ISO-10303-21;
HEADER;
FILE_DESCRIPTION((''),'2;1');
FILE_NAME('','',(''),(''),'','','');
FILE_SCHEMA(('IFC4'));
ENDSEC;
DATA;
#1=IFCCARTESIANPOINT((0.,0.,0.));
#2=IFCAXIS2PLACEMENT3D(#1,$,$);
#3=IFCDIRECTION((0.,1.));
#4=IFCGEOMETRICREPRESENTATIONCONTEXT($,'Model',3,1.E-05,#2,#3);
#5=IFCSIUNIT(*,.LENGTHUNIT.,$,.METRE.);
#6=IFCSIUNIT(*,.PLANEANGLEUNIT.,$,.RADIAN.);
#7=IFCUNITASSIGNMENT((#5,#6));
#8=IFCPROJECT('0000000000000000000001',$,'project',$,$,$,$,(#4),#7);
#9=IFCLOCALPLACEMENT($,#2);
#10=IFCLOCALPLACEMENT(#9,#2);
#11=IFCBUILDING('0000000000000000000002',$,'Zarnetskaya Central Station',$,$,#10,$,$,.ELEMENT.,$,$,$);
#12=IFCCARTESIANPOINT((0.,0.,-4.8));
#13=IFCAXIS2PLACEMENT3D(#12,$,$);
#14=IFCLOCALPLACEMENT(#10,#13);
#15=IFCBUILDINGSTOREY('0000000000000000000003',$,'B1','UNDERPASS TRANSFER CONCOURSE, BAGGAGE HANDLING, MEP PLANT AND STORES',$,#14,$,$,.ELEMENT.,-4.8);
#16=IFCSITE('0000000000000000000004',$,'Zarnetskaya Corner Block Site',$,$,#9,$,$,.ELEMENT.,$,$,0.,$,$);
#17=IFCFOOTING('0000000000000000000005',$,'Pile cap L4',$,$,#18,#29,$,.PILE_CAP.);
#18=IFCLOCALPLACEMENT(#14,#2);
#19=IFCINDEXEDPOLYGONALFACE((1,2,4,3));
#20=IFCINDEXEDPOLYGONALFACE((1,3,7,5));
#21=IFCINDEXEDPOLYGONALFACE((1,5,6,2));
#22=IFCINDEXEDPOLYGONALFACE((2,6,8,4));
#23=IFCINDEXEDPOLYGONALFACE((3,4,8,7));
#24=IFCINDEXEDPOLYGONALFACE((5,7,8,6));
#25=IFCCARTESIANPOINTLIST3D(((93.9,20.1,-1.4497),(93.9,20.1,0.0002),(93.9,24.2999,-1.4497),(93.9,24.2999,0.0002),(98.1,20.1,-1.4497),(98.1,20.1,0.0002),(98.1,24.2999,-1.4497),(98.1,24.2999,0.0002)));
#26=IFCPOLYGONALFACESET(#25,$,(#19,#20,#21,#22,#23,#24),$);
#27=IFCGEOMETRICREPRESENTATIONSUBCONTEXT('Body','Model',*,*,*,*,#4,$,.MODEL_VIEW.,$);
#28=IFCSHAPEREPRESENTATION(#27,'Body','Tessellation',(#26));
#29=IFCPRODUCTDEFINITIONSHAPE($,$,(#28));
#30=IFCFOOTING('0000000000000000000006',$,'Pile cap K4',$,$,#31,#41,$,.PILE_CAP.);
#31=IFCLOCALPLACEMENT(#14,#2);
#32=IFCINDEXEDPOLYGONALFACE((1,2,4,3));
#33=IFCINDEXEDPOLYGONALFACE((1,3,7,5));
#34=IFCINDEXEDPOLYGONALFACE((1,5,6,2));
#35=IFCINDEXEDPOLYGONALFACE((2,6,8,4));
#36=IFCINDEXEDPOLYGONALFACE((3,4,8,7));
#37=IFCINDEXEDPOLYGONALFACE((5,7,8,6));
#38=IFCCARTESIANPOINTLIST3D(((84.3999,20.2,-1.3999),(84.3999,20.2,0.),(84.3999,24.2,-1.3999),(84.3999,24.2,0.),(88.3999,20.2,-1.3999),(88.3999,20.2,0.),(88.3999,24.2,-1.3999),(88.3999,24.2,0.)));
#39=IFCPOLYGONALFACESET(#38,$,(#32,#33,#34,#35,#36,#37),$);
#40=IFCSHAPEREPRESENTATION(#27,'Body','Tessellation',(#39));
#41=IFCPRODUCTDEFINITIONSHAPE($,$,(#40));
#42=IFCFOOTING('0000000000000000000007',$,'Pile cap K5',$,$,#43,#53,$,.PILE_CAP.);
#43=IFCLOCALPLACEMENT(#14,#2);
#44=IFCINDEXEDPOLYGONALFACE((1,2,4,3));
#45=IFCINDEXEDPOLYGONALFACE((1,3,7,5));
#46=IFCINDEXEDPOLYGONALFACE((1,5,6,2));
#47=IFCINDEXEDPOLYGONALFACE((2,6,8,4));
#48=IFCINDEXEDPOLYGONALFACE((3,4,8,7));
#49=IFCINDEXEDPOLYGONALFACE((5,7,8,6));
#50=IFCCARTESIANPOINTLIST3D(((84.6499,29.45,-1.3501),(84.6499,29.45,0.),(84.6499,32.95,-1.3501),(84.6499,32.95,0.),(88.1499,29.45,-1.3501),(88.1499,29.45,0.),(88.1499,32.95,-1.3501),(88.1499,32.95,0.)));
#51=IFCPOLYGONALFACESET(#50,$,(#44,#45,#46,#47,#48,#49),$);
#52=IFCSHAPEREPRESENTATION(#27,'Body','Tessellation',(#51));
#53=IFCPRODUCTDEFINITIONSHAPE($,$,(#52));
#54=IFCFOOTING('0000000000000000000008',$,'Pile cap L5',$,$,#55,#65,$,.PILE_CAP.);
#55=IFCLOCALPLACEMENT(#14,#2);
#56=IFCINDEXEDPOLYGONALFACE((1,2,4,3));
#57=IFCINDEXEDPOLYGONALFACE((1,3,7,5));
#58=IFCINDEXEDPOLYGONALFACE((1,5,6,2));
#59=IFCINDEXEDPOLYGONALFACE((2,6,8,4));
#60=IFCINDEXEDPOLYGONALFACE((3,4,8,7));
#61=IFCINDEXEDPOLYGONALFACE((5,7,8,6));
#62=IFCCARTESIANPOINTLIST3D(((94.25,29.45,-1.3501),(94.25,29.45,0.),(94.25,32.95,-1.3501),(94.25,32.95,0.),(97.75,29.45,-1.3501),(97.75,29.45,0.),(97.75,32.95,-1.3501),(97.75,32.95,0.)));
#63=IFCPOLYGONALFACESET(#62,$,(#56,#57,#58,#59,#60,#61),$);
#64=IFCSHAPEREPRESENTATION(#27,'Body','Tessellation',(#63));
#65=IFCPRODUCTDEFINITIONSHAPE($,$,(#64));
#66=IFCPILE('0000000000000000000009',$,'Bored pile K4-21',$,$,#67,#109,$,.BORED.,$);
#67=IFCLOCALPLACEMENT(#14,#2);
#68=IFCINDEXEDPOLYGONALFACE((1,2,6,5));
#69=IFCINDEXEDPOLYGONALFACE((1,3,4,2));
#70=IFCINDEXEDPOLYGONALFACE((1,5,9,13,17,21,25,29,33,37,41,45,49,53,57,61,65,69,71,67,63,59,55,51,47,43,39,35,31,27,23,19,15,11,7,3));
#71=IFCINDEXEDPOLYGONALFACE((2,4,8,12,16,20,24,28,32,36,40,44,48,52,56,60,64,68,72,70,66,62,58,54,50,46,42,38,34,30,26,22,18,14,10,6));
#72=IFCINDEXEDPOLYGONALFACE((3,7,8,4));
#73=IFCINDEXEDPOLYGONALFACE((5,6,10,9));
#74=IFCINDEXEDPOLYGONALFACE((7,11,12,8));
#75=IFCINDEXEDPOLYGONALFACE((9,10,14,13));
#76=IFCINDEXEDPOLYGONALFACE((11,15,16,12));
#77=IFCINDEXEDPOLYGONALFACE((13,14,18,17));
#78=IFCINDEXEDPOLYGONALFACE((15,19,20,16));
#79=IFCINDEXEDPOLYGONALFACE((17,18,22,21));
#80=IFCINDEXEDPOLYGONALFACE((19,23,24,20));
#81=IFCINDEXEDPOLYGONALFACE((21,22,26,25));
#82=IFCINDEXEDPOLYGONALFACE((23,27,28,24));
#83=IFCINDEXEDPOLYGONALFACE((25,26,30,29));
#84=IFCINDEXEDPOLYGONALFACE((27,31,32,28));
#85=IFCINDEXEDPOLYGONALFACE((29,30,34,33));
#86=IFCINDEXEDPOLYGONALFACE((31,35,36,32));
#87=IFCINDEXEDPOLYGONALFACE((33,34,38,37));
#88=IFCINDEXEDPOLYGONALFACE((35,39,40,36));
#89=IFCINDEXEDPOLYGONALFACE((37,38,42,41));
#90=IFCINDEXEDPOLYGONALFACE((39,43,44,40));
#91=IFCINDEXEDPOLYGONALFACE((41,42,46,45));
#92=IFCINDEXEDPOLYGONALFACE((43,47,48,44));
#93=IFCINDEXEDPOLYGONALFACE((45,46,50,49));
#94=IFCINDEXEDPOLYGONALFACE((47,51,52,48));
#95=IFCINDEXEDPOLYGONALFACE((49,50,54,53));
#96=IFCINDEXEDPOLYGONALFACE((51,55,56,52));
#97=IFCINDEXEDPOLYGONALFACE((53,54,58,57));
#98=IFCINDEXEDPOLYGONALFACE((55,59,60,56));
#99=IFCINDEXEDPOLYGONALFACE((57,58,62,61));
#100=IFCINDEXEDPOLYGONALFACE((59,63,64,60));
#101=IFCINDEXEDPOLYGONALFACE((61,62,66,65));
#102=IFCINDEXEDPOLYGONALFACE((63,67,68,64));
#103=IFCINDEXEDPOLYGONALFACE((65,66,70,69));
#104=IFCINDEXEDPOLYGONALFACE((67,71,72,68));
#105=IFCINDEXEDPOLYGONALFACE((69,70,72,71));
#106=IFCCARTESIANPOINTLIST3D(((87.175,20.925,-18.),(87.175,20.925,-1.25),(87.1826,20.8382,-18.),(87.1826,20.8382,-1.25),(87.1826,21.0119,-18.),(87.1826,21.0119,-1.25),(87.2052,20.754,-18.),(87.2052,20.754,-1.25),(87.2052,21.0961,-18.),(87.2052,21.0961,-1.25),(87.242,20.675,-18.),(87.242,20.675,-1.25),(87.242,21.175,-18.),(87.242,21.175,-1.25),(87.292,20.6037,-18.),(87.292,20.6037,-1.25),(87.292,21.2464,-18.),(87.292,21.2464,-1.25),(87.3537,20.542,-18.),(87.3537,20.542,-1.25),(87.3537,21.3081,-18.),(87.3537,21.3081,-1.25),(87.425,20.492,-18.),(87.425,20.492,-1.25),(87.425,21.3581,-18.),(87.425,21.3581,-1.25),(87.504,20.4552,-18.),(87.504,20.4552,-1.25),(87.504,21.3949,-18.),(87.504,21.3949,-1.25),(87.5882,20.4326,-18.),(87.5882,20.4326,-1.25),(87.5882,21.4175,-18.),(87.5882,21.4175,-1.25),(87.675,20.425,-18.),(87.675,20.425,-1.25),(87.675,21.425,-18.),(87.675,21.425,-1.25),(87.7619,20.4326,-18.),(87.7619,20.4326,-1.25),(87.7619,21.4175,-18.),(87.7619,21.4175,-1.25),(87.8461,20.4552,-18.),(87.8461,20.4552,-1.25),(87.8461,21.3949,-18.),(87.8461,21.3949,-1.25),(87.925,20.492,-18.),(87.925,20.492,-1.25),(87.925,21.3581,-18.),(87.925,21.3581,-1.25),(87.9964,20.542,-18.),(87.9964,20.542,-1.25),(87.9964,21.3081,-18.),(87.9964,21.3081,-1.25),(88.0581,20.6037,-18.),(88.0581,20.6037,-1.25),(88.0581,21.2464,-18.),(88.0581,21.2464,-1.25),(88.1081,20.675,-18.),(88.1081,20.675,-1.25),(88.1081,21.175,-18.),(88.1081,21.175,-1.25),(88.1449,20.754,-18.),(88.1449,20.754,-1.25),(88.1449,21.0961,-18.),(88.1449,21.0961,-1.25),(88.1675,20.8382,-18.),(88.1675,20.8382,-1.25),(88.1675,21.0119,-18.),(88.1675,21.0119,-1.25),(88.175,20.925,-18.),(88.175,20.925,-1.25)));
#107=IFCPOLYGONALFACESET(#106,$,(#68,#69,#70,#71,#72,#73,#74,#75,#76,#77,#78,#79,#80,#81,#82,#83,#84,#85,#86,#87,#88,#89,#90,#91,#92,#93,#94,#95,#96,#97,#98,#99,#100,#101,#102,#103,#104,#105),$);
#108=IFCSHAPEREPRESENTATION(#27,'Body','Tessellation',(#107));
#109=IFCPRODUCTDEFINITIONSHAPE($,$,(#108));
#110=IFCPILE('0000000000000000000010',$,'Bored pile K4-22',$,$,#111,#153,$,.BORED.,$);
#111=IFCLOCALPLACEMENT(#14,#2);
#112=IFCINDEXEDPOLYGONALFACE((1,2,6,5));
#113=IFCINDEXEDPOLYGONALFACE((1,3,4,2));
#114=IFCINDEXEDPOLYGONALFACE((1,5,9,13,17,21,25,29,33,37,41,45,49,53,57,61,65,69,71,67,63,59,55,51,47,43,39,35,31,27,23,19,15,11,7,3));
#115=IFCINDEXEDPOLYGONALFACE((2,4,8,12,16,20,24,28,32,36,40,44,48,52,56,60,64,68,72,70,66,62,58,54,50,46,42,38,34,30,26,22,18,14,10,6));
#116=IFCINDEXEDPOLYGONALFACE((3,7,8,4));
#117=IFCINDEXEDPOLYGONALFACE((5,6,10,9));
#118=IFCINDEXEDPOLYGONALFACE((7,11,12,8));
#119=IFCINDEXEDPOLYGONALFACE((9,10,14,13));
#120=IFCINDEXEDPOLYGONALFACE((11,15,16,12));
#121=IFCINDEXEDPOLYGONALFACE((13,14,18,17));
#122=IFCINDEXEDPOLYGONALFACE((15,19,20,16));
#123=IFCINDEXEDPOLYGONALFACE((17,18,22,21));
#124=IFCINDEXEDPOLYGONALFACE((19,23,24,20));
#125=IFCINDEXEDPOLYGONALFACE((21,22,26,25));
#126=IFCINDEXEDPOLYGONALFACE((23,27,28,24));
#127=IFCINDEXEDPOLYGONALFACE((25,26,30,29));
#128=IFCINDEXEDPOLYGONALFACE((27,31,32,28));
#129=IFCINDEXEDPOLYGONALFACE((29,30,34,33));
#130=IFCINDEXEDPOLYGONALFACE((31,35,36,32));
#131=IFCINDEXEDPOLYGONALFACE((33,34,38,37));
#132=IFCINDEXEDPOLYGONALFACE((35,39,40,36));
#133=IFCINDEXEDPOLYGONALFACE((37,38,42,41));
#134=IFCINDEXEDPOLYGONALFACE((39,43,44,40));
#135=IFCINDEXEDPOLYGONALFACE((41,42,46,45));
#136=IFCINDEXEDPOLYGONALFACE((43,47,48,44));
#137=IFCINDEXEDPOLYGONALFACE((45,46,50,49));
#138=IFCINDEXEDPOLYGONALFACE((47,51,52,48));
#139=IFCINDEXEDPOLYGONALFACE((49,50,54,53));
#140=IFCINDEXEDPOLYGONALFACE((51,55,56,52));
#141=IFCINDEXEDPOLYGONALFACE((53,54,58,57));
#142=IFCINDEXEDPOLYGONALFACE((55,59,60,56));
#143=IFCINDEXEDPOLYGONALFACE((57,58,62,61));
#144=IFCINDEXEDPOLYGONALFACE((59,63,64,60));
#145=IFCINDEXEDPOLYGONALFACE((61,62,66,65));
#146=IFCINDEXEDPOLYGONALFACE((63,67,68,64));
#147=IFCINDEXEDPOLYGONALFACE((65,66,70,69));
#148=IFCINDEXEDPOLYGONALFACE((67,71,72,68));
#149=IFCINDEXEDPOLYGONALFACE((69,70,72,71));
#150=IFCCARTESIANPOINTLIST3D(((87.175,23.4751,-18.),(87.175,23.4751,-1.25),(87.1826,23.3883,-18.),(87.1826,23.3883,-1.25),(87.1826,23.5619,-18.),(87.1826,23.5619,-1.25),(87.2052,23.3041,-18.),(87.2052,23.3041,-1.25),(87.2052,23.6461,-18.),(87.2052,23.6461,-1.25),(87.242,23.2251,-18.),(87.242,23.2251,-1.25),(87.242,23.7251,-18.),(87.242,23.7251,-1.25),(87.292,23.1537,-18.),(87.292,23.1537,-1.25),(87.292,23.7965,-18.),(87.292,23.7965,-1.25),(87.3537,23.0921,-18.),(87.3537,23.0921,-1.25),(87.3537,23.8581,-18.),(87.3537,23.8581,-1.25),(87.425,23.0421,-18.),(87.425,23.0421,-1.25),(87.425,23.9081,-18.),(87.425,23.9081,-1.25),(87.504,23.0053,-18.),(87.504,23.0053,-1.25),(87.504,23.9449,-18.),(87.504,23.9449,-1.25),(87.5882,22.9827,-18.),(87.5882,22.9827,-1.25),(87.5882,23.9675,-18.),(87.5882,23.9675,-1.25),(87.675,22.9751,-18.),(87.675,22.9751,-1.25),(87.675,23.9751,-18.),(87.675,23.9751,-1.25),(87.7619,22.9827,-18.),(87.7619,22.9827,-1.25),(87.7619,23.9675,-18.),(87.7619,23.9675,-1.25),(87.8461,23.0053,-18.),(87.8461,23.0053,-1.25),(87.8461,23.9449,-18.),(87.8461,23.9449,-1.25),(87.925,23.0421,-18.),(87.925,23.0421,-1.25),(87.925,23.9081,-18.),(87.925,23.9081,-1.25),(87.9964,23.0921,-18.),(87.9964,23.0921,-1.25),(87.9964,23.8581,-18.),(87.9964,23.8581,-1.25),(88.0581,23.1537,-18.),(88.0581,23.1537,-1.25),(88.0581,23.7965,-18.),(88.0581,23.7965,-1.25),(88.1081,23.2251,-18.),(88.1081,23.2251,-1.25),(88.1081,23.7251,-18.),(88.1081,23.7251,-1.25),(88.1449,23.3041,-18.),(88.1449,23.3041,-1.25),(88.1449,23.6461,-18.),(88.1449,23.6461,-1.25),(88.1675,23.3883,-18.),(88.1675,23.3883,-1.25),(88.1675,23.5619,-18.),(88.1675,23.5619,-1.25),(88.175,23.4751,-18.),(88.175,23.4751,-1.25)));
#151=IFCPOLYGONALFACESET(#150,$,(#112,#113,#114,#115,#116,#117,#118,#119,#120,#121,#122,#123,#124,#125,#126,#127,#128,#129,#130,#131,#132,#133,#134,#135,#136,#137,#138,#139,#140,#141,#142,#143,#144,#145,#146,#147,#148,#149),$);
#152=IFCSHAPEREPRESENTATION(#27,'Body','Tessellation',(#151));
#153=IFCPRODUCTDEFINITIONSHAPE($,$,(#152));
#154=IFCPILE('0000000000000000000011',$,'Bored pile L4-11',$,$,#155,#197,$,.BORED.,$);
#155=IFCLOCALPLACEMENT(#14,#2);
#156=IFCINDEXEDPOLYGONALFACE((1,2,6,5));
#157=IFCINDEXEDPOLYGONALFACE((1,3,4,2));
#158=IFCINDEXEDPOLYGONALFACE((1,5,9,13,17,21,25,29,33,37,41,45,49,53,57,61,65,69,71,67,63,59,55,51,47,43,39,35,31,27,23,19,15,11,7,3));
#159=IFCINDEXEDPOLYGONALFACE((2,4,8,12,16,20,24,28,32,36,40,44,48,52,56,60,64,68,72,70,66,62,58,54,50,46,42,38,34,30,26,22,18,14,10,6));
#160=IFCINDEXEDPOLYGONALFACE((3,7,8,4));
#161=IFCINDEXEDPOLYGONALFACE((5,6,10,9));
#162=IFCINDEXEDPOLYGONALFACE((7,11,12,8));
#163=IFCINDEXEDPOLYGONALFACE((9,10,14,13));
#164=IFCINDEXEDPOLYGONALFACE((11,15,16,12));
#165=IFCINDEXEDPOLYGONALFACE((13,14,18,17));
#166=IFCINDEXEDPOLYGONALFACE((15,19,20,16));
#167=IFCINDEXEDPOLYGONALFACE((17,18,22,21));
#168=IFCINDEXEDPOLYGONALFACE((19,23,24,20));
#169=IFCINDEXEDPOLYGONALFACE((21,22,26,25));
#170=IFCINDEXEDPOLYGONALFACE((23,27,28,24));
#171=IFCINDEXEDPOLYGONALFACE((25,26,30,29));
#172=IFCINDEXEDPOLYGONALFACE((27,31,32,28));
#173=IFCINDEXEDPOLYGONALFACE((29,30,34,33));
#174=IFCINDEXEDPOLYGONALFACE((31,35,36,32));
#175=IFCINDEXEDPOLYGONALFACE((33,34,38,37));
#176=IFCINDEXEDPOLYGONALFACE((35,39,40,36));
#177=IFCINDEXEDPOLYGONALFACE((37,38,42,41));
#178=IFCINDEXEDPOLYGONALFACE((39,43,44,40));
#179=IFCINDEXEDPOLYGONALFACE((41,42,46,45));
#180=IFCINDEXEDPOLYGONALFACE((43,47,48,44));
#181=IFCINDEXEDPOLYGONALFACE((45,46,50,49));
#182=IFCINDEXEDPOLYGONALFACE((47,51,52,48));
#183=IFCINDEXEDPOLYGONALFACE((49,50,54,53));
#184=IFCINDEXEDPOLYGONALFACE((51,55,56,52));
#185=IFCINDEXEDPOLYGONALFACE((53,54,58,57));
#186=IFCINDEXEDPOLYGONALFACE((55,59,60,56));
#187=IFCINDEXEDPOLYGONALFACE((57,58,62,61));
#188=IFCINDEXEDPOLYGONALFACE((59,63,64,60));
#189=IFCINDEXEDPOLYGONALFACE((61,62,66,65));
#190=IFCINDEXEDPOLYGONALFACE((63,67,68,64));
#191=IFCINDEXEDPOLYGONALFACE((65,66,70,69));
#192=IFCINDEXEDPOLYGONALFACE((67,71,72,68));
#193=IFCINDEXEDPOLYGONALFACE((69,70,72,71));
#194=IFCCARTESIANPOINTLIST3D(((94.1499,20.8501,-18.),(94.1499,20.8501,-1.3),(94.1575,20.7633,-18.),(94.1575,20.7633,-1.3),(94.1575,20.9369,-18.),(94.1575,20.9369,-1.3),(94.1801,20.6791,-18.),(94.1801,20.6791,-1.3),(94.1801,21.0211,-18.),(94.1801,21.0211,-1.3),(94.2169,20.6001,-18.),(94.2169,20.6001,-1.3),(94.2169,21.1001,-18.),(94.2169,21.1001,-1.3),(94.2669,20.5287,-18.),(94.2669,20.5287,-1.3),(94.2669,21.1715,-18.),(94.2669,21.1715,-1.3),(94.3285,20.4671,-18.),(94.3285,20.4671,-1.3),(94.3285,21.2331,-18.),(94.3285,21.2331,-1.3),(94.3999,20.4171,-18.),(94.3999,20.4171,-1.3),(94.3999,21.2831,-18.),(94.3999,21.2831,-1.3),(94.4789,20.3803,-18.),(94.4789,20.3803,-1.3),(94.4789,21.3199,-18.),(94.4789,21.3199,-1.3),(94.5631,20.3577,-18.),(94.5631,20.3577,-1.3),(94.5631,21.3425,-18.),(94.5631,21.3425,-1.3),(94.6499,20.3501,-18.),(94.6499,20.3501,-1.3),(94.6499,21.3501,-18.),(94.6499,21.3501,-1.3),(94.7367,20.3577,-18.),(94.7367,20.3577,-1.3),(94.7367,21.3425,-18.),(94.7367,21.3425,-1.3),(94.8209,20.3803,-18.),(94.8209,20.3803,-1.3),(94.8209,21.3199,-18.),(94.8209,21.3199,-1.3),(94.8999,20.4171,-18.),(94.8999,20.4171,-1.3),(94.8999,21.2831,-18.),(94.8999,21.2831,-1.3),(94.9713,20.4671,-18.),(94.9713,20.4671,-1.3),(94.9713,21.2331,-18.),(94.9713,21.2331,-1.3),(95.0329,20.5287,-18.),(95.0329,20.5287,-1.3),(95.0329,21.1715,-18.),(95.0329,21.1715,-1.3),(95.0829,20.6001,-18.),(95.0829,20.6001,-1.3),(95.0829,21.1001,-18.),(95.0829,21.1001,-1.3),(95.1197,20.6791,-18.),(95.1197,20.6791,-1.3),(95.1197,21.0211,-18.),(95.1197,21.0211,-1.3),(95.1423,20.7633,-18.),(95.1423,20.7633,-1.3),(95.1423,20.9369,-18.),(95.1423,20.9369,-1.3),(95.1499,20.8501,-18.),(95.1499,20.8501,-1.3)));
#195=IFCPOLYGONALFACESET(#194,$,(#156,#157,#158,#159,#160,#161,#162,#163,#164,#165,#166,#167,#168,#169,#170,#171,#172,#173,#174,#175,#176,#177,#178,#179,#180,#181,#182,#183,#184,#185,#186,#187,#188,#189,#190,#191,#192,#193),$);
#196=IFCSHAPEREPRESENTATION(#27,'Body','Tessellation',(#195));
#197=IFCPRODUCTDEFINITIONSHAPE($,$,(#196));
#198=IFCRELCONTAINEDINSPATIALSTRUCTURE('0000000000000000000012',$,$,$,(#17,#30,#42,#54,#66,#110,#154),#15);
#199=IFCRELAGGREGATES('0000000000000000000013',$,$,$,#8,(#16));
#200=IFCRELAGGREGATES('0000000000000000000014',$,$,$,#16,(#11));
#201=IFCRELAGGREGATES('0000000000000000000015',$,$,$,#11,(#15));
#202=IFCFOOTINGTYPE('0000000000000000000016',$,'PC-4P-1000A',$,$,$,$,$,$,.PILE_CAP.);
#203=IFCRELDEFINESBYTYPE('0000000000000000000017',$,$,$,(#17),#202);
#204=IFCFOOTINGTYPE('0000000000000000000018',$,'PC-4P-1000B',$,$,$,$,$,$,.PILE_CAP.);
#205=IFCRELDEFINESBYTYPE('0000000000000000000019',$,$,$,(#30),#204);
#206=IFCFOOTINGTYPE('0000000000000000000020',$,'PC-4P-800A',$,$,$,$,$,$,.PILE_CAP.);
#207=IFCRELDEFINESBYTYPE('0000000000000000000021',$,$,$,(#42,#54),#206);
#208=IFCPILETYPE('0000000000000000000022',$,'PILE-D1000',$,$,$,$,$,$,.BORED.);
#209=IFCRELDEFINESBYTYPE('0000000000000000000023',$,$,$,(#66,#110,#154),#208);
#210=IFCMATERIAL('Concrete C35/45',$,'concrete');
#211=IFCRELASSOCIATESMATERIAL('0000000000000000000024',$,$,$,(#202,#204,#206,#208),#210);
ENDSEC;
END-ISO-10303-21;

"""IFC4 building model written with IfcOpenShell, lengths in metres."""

from ifc_helpers import new_model, si_unit, direction, frame, origin, origin_2d, place, context, subcontext, project, spatial, rectangle, circle, extrude, material, material_profile, profile_set, type_object, element, save


model = new_model("IFC4")

# Units and contexts
model_context = context("Model", 3, precision=1e-05, world=origin(), true_north=direction((0.0, 1.0)))
body_context = subcontext(model_context, "Body", "Model", "MODEL_VIEW")
ifc_project = project(units=[si_unit("LENGTHUNIT", "METRE"), si_unit("PLANEANGLEUNIT", "RADIAN")], contexts=[model_context])

# Site, building, storey
site_placement = place(None, origin())
site = spatial("IfcSite", under=ifc_project, at=site_placement, Name="Zarnetskaya Corner Block Site", CompositionType="ELEMENT", RefElevation=0.0)
building_placement = place(site_placement, origin())
building = spatial("IfcBuilding", under=site, at=building_placement, Name="Zarnetskaya Central Station", CompositionType="ELEMENT")
storey_placement = place(building_placement, frame((0.0, 0.0, -4.8)))
storey = spatial("IfcBuildingStorey", under=building, at=storey_placement, Name="B1", Description="UNDERPASS TRANSFER CONCOURSE, BAGGAGE HANDLING, MEP PLANT AND STORES", CompositionType="ELEMENT", Elevation=-4.8)

# Footings
ifc_material = material(Name="Concrete C35/45", Category="concrete")
footing_type_1 = type_object("IfcFootingType", Name="PC-4P-1000A", PredefinedType="PILE_CAP", material=ifc_material)
footing_1_placement = place(storey_placement, frame((96.0, 22.2, -1.4497), z_axis=(0.0, 0.0, 1.0), x_axis=(1.0, 0.0, 0.0)))
element("IfcFooting", 1, at=footing_1_placement, inside=storey, type_object=footing_type_1, Name="Pile cap L4", PredefinedType="PILE_CAP", context=body_context, shape_type="SweptSolid", body=[
    extrude(rectangle(XDim=4.2, YDim=4.2, at=origin_2d()), origin(), (0.0, 0.0, 1.0), 1.45),
])
footing_type_2 = type_object("IfcFootingType", Name="PC-4P-1000B", PredefinedType="PILE_CAP", material=ifc_material)
footing_2_placement = place(storey_placement, frame((86.3999, 22.2, -1.3999), z_axis=(0.0, 0.0, 1.0), x_axis=(1.0, 0.0, 0.0)))
element("IfcFooting", 2, at=footing_2_placement, inside=storey, type_object=footing_type_2, Name="Pile cap K4", PredefinedType="PILE_CAP", context=body_context, shape_type="SweptSolid", body=[
    extrude(rectangle(XDim=4.0, YDim=4.0, at=origin_2d()), origin(), (0.0, 0.0, 1.0), 1.3999),
])
footing_type_3 = type_object("IfcFootingType", Name="PC-4P-800A", PredefinedType="PILE_CAP", material=ifc_material)
for number, where, z_axis, x_axis, name in (
    (3, (86.3999, 31.2, -1.3501), (0.0, 0.0, 1.0), (1.0, 0.0, 0.0), "Pile cap K5"),
    (4, (96.0, 31.2, -1.3501), (0.0, 0.0, 1.0), (1.0, 0.0, 0.0), "Pile cap L5"),
):
    element("IfcFooting", number, at=place(storey_placement, frame(where, z_axis=z_axis, x_axis=x_axis)), inside=storey, type_object=footing_type_3, Name=name, PredefinedType="PILE_CAP", context=body_context, shape_type="SweptSolid", body=[
        extrude(rectangle(XDim=3.5, YDim=3.5, at=origin_2d()), origin(), (0.0, 0.0, 1.0), 1.3501),
    ])

# Piles
ifc_material_profile_1 = material_profile(ifc_material, circle(Radius=0.5, at=origin_2d()), Name="BORED PILE D1000")
ifc_profile_set_1 = profile_set([ifc_material_profile_1], Name="Concrete C35/45")
pile_type_1 = type_object("IfcPileType", Name="PILE-D1000", PredefinedType="BORED", material=ifc_profile_set_1)
for number, where, z_axis, x_axis, name in (
    (5, (87.675, 20.925, -1.25), (0.0, 0.0, -1.0), (1.0, 0.0, 0.0), "Bored pile K4-21"),
    (6, (87.675, 23.4751, -1.25), (0.0, 0.0, -1.0), (1.0, 0.0, 0.0), "Bored pile K4-22"),
):
    element("IfcPile", number, at=place(storey_placement, frame(where, z_axis=z_axis, x_axis=x_axis)), inside=storey, type_object=pile_type_1, Name=name, PredefinedType="BORED", context=body_context, shape_type="SweptSolid", body=[
        extrude(circle(Radius=0.5, at=origin_2d()), origin(), (0.0, 0.0, 1.0), 16.75),
    ])
for number, where, z_axis, x_axis, name in (
    (7, (94.6499, 20.8501, -1.3), (0.0, 0.0, -1.0), (1.0, 0.0, 0.0), "Bored pile L4-11"),
):
    element("IfcPile", number, at=place(storey_placement, frame(where, z_axis=z_axis, x_axis=x_axis)), inside=storey, type_object=pile_type_1, Name=name, PredefinedType="BORED", context=body_context, shape_type="SweptSolid", body=[
        extrude(circle(Radius=0.5, at=origin_2d()), origin(), (0.0, 0.0, 1.0), 16.7),
    ])

save(model, "model.ifc")
